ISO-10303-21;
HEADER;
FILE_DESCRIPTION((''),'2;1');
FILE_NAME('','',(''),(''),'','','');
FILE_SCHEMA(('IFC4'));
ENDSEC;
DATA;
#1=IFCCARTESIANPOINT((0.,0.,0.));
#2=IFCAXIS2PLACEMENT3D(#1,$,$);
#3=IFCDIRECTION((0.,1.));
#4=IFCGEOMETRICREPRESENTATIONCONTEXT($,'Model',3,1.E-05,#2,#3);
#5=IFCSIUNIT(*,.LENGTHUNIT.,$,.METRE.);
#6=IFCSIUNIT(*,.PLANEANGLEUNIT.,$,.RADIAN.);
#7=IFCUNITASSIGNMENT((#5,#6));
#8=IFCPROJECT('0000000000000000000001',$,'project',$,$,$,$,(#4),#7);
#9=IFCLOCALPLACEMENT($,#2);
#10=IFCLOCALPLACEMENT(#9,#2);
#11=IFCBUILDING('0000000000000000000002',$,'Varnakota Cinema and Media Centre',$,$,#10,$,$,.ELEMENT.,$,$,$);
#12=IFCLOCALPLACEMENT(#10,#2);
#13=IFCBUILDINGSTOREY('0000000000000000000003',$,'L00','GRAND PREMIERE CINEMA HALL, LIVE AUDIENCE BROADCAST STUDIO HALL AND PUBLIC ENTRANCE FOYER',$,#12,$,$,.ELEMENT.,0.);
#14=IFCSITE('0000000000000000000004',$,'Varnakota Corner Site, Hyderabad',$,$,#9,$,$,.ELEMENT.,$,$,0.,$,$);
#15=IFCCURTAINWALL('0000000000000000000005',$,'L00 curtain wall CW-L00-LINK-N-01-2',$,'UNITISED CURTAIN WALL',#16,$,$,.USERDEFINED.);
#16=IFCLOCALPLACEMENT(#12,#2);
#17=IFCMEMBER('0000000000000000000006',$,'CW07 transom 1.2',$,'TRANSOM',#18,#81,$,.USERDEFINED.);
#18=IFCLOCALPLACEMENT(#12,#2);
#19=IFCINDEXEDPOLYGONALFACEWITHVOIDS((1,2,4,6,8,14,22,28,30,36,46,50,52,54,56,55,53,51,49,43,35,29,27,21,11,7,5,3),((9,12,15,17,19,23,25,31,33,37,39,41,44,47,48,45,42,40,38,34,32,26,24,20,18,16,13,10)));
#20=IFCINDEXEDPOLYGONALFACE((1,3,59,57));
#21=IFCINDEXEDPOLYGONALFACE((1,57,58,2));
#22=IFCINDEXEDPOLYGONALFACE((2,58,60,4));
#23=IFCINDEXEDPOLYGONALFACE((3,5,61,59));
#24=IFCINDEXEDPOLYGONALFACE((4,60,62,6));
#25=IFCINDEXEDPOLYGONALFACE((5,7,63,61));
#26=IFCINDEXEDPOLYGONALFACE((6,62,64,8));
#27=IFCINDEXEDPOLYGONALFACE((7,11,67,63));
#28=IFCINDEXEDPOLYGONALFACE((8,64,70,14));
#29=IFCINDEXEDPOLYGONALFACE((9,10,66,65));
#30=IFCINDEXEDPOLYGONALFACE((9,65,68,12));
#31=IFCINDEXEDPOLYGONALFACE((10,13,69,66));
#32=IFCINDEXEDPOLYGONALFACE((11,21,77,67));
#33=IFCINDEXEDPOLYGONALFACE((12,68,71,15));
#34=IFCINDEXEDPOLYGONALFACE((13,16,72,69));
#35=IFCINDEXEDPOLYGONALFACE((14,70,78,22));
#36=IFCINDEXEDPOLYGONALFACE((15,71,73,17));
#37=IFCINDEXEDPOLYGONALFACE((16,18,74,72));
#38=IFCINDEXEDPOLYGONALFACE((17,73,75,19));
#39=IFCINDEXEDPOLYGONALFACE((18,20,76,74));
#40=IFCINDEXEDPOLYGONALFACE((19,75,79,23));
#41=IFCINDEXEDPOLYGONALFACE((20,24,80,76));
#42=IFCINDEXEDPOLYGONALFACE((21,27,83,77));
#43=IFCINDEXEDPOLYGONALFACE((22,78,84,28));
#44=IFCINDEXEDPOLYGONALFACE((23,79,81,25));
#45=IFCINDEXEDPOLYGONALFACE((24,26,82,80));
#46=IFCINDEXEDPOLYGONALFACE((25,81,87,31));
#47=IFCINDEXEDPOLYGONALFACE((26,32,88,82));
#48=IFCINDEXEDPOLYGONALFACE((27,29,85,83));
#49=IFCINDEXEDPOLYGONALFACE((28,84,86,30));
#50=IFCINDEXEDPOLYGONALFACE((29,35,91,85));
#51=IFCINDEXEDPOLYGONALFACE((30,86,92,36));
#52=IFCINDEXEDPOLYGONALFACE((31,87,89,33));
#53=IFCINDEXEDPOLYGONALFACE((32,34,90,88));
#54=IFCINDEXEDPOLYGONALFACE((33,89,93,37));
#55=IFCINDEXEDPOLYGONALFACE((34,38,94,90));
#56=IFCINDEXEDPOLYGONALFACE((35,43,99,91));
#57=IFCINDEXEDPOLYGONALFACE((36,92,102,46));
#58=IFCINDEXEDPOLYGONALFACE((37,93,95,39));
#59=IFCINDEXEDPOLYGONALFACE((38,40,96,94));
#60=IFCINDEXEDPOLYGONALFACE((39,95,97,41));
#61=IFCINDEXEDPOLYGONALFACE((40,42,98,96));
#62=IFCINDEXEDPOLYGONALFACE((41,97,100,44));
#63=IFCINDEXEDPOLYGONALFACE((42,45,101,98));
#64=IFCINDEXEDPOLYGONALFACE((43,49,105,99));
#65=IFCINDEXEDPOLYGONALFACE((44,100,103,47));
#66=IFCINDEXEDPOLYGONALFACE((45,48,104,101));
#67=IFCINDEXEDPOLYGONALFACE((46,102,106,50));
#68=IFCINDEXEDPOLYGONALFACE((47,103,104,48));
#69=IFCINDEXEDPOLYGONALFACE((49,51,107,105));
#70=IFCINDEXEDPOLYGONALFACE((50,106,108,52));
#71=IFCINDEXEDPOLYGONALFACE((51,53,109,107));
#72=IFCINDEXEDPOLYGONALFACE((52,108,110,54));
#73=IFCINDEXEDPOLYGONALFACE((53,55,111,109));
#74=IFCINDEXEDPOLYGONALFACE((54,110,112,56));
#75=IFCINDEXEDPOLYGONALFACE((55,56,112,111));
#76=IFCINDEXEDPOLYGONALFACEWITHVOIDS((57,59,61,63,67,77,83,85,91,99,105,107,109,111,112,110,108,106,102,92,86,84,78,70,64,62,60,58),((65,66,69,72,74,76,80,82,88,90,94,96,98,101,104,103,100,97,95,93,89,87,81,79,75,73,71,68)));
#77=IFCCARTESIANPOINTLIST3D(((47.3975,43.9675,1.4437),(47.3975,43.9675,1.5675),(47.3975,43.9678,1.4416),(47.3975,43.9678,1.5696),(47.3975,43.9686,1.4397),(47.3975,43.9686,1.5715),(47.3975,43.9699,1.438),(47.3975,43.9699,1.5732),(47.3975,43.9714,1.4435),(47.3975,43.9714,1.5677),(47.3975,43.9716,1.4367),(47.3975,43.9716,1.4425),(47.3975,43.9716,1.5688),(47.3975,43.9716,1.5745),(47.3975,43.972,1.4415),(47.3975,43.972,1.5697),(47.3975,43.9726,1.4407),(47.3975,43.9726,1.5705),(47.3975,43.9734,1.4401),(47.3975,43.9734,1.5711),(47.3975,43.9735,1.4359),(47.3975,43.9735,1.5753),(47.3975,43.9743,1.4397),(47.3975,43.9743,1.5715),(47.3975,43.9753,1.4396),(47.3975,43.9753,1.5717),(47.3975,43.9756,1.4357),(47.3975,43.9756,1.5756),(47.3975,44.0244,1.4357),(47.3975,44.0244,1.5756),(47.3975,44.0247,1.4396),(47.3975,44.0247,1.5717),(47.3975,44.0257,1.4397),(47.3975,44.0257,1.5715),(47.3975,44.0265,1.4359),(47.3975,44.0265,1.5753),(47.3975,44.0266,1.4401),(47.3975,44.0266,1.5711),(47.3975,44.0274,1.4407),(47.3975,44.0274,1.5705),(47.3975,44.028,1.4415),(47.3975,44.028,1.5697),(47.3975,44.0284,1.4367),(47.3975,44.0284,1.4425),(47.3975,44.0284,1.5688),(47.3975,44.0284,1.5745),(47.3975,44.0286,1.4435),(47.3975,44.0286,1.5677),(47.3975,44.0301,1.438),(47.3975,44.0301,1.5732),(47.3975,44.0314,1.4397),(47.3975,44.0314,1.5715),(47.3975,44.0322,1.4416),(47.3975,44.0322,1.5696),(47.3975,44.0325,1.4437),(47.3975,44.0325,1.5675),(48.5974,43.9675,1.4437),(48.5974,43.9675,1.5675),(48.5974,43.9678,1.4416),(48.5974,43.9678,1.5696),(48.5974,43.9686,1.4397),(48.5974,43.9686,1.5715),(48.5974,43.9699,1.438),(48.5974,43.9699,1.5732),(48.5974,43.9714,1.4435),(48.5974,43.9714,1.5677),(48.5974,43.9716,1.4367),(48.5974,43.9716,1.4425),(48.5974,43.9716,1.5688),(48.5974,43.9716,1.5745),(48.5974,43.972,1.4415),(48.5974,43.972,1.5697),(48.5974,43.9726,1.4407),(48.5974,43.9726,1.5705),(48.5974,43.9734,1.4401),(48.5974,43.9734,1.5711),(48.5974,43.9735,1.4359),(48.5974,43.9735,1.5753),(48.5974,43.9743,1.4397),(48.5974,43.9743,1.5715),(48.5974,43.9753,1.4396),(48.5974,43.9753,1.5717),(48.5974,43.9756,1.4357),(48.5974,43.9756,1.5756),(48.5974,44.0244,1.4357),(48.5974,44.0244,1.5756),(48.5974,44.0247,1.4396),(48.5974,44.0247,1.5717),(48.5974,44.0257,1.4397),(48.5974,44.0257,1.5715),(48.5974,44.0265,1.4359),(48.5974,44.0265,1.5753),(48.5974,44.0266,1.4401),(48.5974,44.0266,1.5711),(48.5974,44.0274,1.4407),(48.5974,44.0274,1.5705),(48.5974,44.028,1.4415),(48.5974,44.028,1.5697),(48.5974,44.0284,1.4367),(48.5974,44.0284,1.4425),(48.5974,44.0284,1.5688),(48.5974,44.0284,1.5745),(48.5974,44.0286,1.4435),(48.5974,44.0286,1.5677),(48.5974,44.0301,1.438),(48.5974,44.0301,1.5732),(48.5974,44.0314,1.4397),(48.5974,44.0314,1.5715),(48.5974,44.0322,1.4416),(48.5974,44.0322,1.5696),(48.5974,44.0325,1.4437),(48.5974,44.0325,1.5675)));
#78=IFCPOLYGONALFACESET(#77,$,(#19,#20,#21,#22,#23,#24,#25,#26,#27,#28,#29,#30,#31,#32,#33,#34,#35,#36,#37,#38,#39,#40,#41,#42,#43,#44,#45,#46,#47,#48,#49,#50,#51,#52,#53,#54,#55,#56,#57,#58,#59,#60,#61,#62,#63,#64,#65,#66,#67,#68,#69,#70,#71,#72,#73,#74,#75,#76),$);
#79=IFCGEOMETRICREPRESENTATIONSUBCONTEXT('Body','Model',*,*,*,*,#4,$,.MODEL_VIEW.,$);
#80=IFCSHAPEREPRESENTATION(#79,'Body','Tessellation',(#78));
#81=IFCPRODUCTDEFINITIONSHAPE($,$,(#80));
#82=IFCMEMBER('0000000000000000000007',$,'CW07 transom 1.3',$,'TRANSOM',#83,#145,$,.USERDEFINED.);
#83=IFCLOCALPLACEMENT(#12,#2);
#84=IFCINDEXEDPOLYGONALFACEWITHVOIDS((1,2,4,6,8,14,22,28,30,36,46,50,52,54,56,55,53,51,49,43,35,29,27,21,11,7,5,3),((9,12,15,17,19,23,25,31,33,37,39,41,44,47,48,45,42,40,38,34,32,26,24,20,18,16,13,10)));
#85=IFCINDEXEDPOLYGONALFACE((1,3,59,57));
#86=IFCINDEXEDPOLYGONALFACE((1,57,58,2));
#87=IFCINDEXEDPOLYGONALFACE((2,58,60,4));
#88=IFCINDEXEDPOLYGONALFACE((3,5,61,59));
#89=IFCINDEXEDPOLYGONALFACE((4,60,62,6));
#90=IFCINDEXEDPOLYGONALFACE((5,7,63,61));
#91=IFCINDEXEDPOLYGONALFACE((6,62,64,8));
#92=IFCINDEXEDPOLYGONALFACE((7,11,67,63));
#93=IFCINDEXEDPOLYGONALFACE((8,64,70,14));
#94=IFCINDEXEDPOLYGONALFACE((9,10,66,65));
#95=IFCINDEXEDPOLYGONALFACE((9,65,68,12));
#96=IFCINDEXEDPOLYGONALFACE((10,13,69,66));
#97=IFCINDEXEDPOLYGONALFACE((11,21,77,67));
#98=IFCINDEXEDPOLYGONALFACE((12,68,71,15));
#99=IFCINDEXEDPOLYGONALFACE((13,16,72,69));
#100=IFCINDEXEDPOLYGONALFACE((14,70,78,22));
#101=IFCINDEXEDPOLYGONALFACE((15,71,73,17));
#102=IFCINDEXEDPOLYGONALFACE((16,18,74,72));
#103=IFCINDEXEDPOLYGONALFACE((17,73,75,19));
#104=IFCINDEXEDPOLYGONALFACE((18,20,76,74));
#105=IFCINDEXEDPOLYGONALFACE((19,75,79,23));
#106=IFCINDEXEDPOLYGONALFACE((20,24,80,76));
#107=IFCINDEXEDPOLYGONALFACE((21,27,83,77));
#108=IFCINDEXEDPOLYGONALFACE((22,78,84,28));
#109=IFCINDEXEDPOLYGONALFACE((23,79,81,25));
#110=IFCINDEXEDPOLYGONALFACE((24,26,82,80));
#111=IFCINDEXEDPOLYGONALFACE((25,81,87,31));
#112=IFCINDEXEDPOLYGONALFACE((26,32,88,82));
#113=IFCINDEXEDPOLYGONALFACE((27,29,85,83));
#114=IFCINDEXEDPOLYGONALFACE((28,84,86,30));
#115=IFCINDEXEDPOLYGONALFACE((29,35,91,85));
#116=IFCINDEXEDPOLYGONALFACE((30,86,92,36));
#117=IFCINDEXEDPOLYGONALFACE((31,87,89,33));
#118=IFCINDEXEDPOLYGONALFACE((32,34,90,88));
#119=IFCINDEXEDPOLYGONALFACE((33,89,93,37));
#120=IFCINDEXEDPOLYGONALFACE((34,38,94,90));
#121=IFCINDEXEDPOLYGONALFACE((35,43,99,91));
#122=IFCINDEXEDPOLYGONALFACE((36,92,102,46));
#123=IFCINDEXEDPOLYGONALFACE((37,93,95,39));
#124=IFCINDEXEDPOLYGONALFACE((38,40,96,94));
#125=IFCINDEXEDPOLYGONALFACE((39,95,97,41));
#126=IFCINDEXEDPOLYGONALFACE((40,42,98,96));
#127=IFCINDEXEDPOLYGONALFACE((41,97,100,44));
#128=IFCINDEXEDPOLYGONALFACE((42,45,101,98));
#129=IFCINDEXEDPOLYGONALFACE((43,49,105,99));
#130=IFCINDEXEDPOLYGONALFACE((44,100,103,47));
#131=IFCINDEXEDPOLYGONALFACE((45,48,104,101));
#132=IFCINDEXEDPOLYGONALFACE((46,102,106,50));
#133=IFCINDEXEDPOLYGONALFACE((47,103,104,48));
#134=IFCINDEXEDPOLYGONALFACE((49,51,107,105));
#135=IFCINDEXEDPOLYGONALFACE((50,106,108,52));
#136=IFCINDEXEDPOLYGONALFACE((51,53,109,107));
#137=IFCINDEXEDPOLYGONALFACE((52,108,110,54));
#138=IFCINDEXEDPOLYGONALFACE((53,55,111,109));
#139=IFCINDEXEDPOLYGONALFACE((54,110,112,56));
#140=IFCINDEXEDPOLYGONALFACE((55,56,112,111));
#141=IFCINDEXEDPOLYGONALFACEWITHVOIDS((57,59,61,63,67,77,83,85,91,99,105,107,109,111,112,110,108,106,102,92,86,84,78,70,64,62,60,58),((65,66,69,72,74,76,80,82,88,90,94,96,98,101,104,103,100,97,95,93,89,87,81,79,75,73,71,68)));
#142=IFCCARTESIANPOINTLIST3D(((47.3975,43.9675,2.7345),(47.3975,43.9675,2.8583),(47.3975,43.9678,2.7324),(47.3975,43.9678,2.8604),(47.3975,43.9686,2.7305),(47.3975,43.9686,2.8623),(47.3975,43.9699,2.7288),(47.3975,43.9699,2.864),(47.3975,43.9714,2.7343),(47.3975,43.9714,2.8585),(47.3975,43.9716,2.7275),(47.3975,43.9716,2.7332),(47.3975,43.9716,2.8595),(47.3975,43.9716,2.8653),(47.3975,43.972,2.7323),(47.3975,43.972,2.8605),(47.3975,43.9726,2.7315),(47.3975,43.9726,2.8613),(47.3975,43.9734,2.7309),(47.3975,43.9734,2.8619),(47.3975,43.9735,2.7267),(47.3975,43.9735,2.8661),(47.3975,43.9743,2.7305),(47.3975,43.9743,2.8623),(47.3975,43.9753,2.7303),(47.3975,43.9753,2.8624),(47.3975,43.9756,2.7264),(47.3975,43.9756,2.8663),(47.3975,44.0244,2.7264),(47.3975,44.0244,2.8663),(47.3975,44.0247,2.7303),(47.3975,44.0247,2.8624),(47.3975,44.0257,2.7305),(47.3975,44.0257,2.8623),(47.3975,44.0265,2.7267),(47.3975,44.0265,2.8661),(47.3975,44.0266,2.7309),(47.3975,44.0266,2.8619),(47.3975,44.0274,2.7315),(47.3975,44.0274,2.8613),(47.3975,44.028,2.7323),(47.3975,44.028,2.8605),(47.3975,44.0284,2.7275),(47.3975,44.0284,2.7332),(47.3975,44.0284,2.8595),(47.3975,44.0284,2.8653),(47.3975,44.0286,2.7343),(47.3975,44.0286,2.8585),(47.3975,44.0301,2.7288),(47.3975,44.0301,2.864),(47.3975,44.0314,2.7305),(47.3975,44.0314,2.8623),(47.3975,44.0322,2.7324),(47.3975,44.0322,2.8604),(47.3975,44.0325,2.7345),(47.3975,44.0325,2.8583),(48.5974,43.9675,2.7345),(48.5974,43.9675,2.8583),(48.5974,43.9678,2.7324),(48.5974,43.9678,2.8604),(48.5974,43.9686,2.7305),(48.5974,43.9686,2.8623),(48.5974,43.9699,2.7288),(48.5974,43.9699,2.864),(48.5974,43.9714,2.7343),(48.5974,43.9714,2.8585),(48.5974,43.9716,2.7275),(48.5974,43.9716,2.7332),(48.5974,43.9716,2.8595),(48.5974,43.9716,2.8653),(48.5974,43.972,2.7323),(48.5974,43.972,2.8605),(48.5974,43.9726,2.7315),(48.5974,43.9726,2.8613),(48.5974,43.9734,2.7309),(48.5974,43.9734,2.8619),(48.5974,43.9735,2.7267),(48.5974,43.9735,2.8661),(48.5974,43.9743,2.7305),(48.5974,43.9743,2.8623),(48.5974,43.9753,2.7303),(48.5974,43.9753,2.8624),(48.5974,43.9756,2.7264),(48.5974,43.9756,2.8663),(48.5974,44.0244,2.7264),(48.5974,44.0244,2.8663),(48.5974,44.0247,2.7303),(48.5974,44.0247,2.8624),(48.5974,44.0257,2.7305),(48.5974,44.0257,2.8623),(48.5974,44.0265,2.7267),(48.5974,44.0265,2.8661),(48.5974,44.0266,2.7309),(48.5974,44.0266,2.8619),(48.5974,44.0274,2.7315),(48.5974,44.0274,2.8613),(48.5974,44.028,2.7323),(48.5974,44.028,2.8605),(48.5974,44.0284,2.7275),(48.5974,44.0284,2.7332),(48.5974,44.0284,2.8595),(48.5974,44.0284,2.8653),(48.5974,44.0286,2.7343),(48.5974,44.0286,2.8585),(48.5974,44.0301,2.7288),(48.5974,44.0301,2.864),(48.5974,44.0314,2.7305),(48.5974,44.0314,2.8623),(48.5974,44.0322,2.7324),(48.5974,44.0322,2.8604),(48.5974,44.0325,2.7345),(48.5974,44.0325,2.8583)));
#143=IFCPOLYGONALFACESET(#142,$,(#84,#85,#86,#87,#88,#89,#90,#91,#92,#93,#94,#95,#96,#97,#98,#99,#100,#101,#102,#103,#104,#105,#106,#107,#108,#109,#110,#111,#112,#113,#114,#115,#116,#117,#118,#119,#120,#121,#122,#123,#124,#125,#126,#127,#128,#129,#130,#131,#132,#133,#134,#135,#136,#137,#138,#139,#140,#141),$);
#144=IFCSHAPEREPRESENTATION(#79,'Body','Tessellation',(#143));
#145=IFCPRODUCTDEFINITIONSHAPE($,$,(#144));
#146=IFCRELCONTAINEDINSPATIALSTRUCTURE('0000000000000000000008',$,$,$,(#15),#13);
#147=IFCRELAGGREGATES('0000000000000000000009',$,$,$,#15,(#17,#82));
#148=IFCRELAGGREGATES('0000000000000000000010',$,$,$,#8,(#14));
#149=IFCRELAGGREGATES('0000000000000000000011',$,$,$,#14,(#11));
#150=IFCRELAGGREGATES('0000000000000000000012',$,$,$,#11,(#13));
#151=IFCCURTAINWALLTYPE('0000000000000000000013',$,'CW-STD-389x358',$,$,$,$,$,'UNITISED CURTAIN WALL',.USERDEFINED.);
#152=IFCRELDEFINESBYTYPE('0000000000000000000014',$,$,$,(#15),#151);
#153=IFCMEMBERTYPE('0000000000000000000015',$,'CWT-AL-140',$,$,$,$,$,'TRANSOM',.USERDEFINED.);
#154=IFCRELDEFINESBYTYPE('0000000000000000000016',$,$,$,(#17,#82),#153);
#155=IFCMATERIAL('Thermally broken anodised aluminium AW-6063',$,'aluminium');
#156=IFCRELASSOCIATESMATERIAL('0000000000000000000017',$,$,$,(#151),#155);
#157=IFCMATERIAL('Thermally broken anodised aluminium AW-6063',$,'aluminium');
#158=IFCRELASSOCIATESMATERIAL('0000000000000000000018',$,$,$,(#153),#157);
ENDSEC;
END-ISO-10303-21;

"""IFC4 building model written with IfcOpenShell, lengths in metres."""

from ifc_helpers import new_model, si_unit, direction, frame, origin, origin_2d, place, context, subcontext, project, spatial, hollow_rectangle, extrude, material, material_profile, profile_set, type_object, element, aggregate, save


model = new_model("IFC4")

# Units and contexts
model_context = context("Model", 3, precision=1e-05, world=origin(), true_north=direction((0.0, 1.0)))
body_context = subcontext(model_context, "Body", "Model", "MODEL_VIEW")
ifc_project = project(units=[si_unit("LENGTHUNIT", "METRE"), si_unit("PLANEANGLEUNIT", "RADIAN")], contexts=[model_context])

# Site, building, storey
site_placement = place(None, origin())
site = spatial("IfcSite", under=ifc_project, at=site_placement, Name="Varnakota Corner Site, Hyderabad", CompositionType="ELEMENT", RefElevation=0.0)
building_placement = place(site_placement, origin())
building = spatial("IfcBuilding", under=site, at=building_placement, Name="Varnakota Cinema and Media Centre", CompositionType="ELEMENT")
storey_placement = place(building_placement, origin())
storey = spatial("IfcBuildingStorey", under=building, at=storey_placement, Name="L00", Description="GRAND PREMIERE CINEMA HALL, LIVE AUDIENCE BROADCAST STUDIO HALL AND PUBLIC ENTRANCE FOYER", CompositionType="ELEMENT", Elevation=0.0)

# Shared definitions
ifc_material_1 = material(Name="Thermally broken anodised aluminium AW-6063", Category="aluminium")
curtain_wall_type = type_object("IfcCurtainWallType", Name="CW-STD-389x358", ElementType="UNITISED CURTAIN WALL", PredefinedType="USERDEFINED", material=ifc_material_1)

# Curtain wall
curtain_wall_1_placement = place(storey_placement, origin())
curtain_wall_1 = element("IfcCurtainWall", 1, at=curtain_wall_1_placement, inside=storey, type_object=curtain_wall_type, Name="L00 curtain wall CW-L00-LINK-N-01-2", ObjectType="UNITISED CURTAIN WALL", PredefinedType="USERDEFINED")

# Members
ifc_material_2 = material(Name="Thermally broken anodised aluminium AW-6063", Category="aluminium")
ifc_material_profile_1 = material_profile(ifc_material_2, hollow_rectangle(XDim=0.0649, YDim=0.1399, WallThickness=0.0039, InnerFilletRadius=0.0039, OuterFilletRadius=0.0081, at=origin_2d()), Name="AL-TRANSOM 140x65x4")
ifc_profile_set_1 = profile_set([ifc_material_profile_1], Name="Thermally broken anodised aluminium AW-6063")
member_type_1 = type_object("IfcMemberType", Name="CWT-AL-140", ElementType="TRANSOM", PredefinedType="USERDEFINED", material=ifc_profile_set_1)
member_1_placement = place(storey_placement, frame((47.3975, 44.0, 1.5056), z_axis=(1.0, 0.0, 0.0), x_axis=(0.0, 1.0, 0.0)))
member_1 = element("IfcMember", 2, at=member_1_placement, type_object=member_type_1, Name="CW07 transom 1.2", ObjectType="TRANSOM", PredefinedType="USERDEFINED", context=body_context, shape_type="SweptSolid", body=[
    extrude(hollow_rectangle(XDim=0.0649, YDim=0.1399, WallThickness=0.0039, InnerFilletRadius=0.0039, OuterFilletRadius=0.0081, at=origin_2d()), origin(), (0.0, 0.0, 1.0), 1.2),
])
member_2_placement = place(storey_placement, frame((47.3975, 44.0, 2.7964), z_axis=(1.0, 0.0, 0.0), x_axis=(0.0, 1.0, 0.0)))
member_2 = element("IfcMember", 3, at=member_2_placement, type_object=member_type_1, Name="CW07 transom 1.3", ObjectType="TRANSOM", PredefinedType="USERDEFINED", context=body_context, shape_type="SweptSolid", body=[
    extrude(hollow_rectangle(XDim=0.0649, YDim=0.1399, WallThickness=0.0039, InnerFilletRadius=0.0039, OuterFilletRadius=0.0081, at=origin_2d()), origin(), (0.0, 0.0, 1.0), 1.2),
])

aggregate(curtain_wall_1, [member_1, member_2])

save(model, "model.ifc")
